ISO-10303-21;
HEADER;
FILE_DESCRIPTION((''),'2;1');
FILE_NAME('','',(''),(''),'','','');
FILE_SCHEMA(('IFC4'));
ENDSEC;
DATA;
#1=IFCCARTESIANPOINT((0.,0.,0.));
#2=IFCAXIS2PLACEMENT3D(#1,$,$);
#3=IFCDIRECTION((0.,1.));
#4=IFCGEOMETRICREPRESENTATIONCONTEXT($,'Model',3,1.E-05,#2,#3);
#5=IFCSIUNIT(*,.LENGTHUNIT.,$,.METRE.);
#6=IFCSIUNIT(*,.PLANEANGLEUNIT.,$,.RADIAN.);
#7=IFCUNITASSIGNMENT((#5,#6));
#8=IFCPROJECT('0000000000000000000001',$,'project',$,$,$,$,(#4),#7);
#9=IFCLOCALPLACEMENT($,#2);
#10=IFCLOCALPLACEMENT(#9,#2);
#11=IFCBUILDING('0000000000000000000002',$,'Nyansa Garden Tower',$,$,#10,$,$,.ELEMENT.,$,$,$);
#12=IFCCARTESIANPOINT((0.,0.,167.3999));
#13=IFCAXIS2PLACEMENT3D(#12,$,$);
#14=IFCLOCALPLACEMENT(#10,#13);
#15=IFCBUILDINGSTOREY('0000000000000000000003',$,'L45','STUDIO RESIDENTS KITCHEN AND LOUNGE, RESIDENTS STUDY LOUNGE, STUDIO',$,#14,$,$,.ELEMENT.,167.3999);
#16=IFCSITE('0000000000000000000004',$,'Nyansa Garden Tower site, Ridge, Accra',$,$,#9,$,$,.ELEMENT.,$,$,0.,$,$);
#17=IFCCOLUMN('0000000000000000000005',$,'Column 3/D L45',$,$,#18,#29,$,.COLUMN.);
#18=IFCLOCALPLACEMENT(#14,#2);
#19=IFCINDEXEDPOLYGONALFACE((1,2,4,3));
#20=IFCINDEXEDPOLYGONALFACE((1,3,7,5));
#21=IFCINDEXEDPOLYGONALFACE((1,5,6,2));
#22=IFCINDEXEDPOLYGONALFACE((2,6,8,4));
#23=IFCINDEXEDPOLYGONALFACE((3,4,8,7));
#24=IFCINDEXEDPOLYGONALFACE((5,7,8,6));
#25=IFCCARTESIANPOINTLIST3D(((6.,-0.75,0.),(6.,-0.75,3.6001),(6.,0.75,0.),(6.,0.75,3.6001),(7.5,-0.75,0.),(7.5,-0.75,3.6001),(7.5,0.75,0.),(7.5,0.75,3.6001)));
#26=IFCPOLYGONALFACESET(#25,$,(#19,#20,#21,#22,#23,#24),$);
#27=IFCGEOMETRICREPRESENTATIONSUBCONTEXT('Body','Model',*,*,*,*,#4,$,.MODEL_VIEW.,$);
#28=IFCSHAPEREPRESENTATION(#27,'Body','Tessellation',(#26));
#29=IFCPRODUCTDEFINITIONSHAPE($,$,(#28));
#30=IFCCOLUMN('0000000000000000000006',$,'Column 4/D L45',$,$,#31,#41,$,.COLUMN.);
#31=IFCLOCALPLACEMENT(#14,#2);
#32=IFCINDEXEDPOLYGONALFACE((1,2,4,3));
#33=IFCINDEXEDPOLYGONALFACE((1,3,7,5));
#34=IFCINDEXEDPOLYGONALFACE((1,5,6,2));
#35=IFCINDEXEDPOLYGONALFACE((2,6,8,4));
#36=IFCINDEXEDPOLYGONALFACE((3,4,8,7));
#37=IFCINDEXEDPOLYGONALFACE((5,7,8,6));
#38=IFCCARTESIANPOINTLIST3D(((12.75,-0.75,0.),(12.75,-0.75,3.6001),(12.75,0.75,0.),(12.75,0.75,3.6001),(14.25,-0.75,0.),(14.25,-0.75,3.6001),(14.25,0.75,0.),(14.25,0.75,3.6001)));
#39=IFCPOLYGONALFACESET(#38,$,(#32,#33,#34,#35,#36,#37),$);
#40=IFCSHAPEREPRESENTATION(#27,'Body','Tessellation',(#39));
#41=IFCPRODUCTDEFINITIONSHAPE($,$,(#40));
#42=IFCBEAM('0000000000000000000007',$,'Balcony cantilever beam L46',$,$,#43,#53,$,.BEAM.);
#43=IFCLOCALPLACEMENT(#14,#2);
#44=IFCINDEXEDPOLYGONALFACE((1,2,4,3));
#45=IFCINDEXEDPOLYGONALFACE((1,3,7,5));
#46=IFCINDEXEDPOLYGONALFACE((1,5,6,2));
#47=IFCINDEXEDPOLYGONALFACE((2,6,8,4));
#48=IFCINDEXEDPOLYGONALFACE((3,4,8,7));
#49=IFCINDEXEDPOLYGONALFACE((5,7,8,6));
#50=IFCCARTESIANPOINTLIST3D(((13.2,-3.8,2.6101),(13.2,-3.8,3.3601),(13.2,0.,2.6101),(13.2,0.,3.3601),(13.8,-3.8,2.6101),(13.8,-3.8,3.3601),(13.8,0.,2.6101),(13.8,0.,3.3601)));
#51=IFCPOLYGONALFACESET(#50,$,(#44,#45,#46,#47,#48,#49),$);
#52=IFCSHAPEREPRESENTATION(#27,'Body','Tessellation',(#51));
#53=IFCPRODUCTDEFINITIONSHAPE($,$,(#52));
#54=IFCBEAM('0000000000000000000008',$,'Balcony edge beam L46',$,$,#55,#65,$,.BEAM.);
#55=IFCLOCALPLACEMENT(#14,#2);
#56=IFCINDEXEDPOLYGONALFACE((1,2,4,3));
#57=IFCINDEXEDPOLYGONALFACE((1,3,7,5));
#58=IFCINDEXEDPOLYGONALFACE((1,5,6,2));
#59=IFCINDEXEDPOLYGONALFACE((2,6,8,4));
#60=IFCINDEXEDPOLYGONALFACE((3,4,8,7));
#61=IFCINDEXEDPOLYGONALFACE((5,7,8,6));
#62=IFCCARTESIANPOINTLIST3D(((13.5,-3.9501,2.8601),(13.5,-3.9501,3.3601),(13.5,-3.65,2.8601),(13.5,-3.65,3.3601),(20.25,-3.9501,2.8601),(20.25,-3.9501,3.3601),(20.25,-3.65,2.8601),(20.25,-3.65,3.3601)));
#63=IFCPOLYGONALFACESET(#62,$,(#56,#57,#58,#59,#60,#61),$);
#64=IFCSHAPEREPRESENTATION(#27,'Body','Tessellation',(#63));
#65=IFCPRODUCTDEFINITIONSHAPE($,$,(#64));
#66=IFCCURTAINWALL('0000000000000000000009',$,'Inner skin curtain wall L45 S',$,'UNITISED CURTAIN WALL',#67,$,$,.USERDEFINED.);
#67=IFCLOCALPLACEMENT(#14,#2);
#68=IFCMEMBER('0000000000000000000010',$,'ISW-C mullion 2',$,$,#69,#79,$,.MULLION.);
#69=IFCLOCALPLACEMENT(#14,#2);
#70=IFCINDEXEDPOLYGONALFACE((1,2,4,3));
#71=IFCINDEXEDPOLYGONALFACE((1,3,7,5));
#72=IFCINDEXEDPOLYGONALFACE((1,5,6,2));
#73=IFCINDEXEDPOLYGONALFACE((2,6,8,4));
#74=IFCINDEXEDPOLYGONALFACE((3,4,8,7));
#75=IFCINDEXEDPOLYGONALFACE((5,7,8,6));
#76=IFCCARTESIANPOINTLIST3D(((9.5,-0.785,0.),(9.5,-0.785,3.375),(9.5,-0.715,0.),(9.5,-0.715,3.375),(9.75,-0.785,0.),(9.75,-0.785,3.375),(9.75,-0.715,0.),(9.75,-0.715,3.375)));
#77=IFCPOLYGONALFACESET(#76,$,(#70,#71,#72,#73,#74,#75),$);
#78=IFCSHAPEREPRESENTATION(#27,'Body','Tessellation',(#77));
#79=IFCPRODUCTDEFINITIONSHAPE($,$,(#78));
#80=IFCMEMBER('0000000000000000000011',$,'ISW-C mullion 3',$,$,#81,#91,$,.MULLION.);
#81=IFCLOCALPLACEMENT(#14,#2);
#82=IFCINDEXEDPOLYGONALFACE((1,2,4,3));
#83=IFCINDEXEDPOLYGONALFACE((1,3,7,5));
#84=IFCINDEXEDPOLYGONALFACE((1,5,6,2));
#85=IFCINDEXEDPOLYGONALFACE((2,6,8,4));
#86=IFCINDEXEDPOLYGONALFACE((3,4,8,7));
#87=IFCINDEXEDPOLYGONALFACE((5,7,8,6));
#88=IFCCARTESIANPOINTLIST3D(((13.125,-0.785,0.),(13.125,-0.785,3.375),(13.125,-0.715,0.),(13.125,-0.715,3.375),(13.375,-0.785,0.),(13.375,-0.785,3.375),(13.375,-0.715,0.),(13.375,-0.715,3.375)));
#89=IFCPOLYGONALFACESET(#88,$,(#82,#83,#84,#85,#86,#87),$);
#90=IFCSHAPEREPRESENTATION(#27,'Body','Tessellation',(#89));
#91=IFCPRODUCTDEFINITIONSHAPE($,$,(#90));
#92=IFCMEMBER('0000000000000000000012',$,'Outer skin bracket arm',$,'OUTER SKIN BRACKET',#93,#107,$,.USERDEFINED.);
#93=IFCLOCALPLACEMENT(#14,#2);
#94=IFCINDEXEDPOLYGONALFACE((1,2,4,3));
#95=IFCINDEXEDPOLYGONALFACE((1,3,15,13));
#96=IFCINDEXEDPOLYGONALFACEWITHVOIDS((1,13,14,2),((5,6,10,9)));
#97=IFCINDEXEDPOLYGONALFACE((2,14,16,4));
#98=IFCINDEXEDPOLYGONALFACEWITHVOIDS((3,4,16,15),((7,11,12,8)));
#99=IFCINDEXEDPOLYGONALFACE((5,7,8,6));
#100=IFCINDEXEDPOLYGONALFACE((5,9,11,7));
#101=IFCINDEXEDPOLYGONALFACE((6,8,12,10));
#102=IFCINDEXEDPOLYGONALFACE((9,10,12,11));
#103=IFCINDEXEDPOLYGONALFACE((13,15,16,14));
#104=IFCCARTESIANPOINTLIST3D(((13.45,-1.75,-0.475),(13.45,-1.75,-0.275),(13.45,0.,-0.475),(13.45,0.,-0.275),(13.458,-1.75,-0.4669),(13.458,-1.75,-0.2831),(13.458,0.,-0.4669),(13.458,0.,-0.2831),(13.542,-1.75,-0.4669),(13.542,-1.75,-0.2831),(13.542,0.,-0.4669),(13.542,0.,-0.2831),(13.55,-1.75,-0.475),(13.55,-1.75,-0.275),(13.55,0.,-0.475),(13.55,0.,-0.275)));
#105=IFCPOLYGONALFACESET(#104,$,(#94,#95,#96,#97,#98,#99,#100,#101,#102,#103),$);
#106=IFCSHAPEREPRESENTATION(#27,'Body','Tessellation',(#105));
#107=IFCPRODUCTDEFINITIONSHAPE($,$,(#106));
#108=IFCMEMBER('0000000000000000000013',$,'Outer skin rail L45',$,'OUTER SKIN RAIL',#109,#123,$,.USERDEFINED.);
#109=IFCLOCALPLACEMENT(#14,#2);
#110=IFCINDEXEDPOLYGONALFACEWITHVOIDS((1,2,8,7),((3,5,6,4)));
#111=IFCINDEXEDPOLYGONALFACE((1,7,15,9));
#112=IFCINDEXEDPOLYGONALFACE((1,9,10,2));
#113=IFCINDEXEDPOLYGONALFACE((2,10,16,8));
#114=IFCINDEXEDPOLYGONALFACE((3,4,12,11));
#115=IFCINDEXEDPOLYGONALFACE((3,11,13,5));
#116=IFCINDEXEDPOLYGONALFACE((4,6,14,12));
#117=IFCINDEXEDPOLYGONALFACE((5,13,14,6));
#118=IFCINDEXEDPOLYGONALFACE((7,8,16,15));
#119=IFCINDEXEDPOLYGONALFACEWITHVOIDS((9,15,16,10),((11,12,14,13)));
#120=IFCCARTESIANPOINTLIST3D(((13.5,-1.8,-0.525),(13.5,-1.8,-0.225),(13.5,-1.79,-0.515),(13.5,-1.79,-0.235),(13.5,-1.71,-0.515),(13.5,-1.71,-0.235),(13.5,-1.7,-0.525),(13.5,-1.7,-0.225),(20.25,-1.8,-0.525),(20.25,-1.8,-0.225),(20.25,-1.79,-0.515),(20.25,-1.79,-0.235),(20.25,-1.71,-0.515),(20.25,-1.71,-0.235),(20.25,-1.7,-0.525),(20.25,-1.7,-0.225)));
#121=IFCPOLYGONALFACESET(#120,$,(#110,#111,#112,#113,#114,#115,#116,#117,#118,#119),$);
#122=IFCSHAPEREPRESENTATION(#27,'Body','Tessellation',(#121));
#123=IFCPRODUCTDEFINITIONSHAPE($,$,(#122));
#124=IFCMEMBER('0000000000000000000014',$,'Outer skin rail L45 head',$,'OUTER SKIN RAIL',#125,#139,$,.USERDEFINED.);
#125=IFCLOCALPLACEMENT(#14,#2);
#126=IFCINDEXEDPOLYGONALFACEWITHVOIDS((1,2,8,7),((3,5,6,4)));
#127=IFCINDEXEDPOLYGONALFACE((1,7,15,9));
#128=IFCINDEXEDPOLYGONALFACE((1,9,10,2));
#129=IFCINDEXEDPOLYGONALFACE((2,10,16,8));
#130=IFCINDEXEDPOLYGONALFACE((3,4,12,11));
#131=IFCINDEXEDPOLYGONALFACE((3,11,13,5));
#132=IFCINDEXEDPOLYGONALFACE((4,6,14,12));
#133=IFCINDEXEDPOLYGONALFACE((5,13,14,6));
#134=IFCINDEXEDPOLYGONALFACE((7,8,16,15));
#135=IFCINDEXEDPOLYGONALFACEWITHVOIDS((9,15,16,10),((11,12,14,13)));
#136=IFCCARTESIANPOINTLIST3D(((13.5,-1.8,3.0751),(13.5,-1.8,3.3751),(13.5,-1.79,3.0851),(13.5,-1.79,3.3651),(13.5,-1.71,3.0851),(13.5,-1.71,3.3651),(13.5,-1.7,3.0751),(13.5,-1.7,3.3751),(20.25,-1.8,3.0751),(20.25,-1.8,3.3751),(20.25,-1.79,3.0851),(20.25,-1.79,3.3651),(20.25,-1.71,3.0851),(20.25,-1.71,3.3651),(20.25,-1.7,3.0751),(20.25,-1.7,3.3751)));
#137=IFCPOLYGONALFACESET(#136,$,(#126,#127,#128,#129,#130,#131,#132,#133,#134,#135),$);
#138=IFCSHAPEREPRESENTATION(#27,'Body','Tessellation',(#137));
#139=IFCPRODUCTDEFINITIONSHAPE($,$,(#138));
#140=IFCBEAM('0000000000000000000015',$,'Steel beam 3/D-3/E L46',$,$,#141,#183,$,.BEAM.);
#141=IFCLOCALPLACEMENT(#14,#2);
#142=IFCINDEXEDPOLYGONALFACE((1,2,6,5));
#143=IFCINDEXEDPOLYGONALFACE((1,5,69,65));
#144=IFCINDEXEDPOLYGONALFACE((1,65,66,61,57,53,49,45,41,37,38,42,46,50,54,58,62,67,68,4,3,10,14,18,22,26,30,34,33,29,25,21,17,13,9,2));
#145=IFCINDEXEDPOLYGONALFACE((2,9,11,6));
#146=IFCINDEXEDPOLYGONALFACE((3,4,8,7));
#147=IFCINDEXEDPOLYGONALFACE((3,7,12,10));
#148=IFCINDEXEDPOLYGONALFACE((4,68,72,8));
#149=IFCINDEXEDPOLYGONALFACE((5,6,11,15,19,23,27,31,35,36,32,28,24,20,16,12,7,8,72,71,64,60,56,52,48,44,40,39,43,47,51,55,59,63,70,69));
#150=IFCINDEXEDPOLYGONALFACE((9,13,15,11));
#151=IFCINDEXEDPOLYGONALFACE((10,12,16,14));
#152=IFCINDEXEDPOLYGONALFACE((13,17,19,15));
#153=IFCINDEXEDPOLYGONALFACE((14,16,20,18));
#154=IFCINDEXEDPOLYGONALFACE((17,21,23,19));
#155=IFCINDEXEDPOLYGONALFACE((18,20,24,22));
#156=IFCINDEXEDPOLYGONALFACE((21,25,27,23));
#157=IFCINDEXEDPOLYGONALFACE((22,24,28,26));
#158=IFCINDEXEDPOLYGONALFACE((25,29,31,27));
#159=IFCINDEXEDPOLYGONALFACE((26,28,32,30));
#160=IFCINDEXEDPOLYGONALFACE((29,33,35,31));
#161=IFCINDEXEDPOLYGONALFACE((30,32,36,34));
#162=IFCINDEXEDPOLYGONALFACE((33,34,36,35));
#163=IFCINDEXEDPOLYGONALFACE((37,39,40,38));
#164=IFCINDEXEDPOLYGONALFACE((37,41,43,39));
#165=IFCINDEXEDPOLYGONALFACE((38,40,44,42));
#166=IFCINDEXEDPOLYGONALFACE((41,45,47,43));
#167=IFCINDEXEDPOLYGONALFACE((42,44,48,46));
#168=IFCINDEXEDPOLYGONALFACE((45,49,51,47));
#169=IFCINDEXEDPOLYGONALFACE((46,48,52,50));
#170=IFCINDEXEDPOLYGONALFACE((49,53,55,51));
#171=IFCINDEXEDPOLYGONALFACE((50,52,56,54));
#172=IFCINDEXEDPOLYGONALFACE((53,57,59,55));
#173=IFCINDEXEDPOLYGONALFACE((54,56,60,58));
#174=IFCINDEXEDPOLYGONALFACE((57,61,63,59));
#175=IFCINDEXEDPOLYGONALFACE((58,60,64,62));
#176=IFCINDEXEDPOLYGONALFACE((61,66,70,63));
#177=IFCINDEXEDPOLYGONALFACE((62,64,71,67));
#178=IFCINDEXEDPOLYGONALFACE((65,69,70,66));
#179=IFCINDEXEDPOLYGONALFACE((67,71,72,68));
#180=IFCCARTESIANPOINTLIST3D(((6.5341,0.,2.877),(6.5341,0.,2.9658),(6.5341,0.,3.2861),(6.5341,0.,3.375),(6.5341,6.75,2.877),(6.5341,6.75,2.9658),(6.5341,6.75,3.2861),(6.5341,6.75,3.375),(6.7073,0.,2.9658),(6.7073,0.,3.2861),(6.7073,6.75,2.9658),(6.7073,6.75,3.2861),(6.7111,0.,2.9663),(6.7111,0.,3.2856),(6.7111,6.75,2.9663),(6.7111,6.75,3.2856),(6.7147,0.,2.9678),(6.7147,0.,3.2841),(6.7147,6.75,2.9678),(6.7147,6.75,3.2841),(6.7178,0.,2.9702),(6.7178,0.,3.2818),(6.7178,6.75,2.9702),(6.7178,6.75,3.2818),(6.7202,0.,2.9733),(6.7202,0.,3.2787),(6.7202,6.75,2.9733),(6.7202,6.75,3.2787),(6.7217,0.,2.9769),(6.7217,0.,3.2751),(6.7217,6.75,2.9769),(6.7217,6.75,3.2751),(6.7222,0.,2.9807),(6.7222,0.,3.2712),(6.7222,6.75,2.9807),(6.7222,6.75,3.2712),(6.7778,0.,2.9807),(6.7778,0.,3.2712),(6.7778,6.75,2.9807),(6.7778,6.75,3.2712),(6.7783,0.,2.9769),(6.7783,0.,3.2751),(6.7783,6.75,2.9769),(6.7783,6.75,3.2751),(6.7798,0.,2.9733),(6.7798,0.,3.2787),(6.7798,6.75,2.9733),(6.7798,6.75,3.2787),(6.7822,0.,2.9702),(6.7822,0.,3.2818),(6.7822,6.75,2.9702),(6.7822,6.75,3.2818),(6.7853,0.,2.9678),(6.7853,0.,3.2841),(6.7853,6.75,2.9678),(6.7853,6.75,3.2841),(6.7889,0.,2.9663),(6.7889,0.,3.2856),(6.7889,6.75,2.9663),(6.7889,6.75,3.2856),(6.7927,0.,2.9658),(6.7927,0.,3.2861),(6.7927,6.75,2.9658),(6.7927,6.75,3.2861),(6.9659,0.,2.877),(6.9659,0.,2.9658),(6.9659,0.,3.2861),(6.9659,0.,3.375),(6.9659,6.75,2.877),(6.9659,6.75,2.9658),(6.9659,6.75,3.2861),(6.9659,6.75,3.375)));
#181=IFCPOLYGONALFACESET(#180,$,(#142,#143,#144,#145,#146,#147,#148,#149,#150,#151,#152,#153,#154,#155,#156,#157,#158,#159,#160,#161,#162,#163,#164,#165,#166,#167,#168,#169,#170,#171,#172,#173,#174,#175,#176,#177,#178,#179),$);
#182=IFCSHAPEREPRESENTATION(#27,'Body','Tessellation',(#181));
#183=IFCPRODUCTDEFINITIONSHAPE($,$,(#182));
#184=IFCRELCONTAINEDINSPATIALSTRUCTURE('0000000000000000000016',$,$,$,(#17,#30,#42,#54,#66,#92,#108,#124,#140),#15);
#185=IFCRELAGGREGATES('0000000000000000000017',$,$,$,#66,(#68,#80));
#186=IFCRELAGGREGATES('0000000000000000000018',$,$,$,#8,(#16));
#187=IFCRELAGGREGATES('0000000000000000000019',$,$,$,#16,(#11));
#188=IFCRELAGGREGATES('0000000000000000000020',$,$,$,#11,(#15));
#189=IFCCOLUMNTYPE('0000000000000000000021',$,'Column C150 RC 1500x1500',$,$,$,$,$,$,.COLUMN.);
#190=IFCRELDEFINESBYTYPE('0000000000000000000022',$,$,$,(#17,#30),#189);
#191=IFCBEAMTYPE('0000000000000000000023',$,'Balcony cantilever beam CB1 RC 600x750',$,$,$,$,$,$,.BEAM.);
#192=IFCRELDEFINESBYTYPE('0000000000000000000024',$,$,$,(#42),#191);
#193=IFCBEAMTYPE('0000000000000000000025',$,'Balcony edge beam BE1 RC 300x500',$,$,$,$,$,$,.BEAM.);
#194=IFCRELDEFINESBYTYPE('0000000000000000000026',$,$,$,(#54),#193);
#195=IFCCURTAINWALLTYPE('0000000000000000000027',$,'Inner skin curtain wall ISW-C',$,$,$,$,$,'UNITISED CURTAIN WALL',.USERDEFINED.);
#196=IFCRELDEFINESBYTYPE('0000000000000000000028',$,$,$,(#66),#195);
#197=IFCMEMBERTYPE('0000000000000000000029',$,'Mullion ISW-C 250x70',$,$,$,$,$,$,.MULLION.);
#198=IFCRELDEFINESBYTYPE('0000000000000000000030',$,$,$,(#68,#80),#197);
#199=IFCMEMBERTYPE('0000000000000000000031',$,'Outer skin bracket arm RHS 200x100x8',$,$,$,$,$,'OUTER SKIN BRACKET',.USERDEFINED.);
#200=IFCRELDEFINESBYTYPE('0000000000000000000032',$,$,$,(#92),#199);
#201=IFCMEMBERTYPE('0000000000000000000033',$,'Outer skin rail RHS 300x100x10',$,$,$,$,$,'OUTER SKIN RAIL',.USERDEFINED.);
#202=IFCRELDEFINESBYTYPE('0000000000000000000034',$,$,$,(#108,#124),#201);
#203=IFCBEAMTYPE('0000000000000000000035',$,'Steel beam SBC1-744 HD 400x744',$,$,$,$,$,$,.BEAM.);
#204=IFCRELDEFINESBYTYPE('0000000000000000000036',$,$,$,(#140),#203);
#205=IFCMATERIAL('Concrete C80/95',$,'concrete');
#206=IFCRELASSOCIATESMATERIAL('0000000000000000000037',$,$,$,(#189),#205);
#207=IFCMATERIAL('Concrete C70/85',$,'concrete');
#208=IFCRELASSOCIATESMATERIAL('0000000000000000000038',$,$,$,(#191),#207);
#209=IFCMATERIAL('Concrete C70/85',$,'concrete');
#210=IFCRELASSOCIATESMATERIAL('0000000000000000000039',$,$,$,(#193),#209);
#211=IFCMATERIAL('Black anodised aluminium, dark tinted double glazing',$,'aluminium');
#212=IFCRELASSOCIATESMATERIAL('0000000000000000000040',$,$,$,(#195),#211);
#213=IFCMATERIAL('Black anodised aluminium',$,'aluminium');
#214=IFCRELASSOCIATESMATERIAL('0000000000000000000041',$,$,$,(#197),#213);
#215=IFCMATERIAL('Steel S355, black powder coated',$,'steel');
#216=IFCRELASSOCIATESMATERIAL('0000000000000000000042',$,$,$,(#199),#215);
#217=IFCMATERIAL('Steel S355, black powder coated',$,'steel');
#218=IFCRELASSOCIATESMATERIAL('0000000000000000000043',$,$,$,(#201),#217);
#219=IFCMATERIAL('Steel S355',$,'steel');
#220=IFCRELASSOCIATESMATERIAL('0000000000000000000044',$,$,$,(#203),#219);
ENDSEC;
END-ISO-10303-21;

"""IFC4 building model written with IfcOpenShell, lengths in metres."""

from ifc_helpers import new_model, si_unit, direction, frame, origin, origin_2d, place, context, subcontext, project, spatial, rectangle, hollow_rectangle, i_section, extrude, material, material_profile, profile_set, type_object, element, aggregate, save


model = new_model("IFC4")

# Units and contexts
model_context = context("Model", 3, precision=1e-05, world=origin(), true_north=direction((0.0, 1.0)))
body_context = subcontext(model_context, "Body", "Model", "MODEL_VIEW")
ifc_project = project(units=[si_unit("LENGTHUNIT", "METRE"), si_unit("PLANEANGLEUNIT", "RADIAN")], contexts=[model_context])

# Site, building, storey
site_placement = place(None, origin())
site = spatial("IfcSite", under=ifc_project, at=site_placement, Name="Nyansa Garden Tower site, Ridge, Accra", CompositionType="ELEMENT", RefElevation=0.0)
building_placement = place(site_placement, origin())
building = spatial("IfcBuilding", under=site, at=building_placement, Name="Nyansa Garden Tower", CompositionType="ELEMENT")
storey_placement = place(building_placement, frame((0.0, 0.0, 167.3999)))
storey = spatial("IfcBuildingStorey", under=building, at=storey_placement, Name="L45", Description="STUDIO RESIDENTS KITCHEN AND LOUNGE, RESIDENTS STUDY LOUNGE, STUDIO", CompositionType="ELEMENT", Elevation=167.3999)

# Columns
ifc_material_1 = material(Name="Concrete C80/95", Category="concrete")
ifc_material_profile_1 = material_profile(ifc_material_1, rectangle(XDim=1.5, YDim=1.5, at=origin_2d()), Name="RC 1500x1500")
ifc_profile_set_1 = profile_set([ifc_material_profile_1], Name="Concrete C80/95")
column_type = type_object("IfcColumnType", Name="Column C150 RC 1500x1500", PredefinedType="COLUMN", material=ifc_profile_set_1)
for number, where, z_axis, x_axis, name in (
    (1, (6.75, 0.0, 0.0), (0.0, 0.0, 1.0), (1.0, 0.0, 0.0), "Column 3/D L45"),
    (2, (13.5, 0.0, 0.0), (0.0, 0.0, 1.0), (1.0, 0.0, 0.0), "Column 4/D L45"),
):
    element("IfcColumn", number, at=place(storey_placement, frame(where, z_axis=z_axis, x_axis=x_axis)), inside=storey, type_object=column_type, Name=name, PredefinedType="COLUMN", context=body_context, shape_type="SweptSolid", body=[
        extrude(rectangle(XDim=1.5, YDim=1.5, at=origin_2d()), origin(), (0.0, 0.0, 1.0), 3.6001),
    ])

# Beams
ifc_material_2 = material(Name="Concrete C70/85", Category="concrete")
ifc_material_profile_2 = material_profile(ifc_material_2, rectangle(XDim=0.6001, YDim=0.75, at=origin_2d()), Name="RC 600x750")
ifc_profile_set_2 = profile_set([ifc_material_profile_2], Name="Concrete C70/85")
beam_type_1 = type_object("IfcBeamType", Name="Balcony cantilever beam CB1 RC 600x750", PredefinedType="BEAM", material=ifc_profile_set_2)
beam_1_placement = place(storey_placement, frame((13.5, 0.0, 2.9851), z_axis=(0.0, -1.0, 0.0), x_axis=(1.0, 0.0, 0.0)))
element("IfcBeam", 3, at=beam_1_placement, inside=storey, type_object=beam_type_1, Name="Balcony cantilever beam L46", PredefinedType="BEAM", context=body_context, shape_type="SweptSolid", body=[
    extrude(rectangle(XDim=0.6001, YDim=0.75, at=origin_2d()), origin(), (0.0, 0.0, 1.0), 3.8),
])
ifc_material_3 = material(Name="Concrete C70/85", Category="concrete")
ifc_material_profile_3 = material_profile(ifc_material_3, rectangle(XDim=0.3, YDim=0.5, at=origin_2d()), Name="RC 300x500")
ifc_profile_set_3 = profile_set([ifc_material_profile_3], Name="Concrete C70/85")
beam_type_2 = type_object("IfcBeamType", Name="Balcony edge beam BE1 RC 300x500", PredefinedType="BEAM", material=ifc_profile_set_3)
beam_2_placement = place(storey_placement, frame((13.5, -3.8, 3.1101), z_axis=(1.0, 0.0, 0.0), x_axis=(0.0, 1.0, 0.0)))
element("IfcBeam", 4, at=beam_2_placement, inside=storey, type_object=beam_type_2, Name="Balcony edge beam L46", PredefinedType="BEAM", context=body_context, shape_type="SweptSolid", body=[
    extrude(rectangle(XDim=0.3, YDim=0.5, at=origin_2d()), origin(), (0.0, 0.0, 1.0), 6.75),
])

# Curtain wall, members
ifc_material_4 = material(Name="Black anodised aluminium, dark tinted double glazing", Category="aluminium")
curtain_wall_type = type_object("IfcCurtainWallType", Name="Inner skin curtain wall ISW-C", ElementType="UNITISED CURTAIN WALL", PredefinedType="USERDEFINED", material=ifc_material_4)
curtain_wall_placement = place(storey_placement, origin())
curtain_wall = element("IfcCurtainWall", 5, at=curtain_wall_placement, inside=storey, type_object=curtain_wall_type, Name="Inner skin curtain wall L45 S", ObjectType="UNITISED CURTAIN WALL", PredefinedType="USERDEFINED")
ifc_material_5 = material(Name="Black anodised aluminium", Category="aluminium")
ifc_material_profile_4 = material_profile(ifc_material_5, rectangle(XDim=0.0701, YDim=0.25, at=origin_2d()), Name="Mullion 250x70")
ifc_profile_set_4 = profile_set([ifc_material_profile_4], Name="Black anodised aluminium")
member_type_1 = type_object("IfcMemberType", Name="Mullion ISW-C 250x70", PredefinedType="MULLION", material=ifc_profile_set_4)
member_1_placement = place(storey_placement, frame((9.625, -0.75, 0.0), z_axis=(0.0, 0.0, 1.0), x_axis=(0.0, 1.0, 0.0)))
member_1 = element("IfcMember", 6, at=member_1_placement, type_object=member_type_1, Name="ISW-C mullion 2", PredefinedType="MULLION", context=body_context, shape_type="SweptSolid", body=[
    extrude(rectangle(XDim=0.0701, YDim=0.25, at=origin_2d()), origin(), (0.0, 0.0, 1.0), 3.375),
])
member_2_placement = place(storey_placement, frame((13.25, -0.75, 0.0), z_axis=(0.0, 0.0, 1.0), x_axis=(0.0, 1.0, 0.0)))
member_2 = element("IfcMember", 7, at=member_2_placement, type_object=member_type_1, Name="ISW-C mullion 3", PredefinedType="MULLION", context=body_context, shape_type="SweptSolid", body=[
    extrude(rectangle(XDim=0.0701, YDim=0.25, at=origin_2d()), origin(), (0.0, 0.0, 1.0), 3.375),
])

# Members
ifc_material_6 = material(Name="Steel S355, black powder coated", Category="steel")
ifc_material_profile_5 = material_profile(ifc_material_6, hollow_rectangle(XDim=0.1001, YDim=0.2, WallThickness=0.0081, at=origin_2d()), Name="RHS 200x100x8")
ifc_profile_set_5 = profile_set([ifc_material_profile_5], Name="Steel S355, black powder coated")
member_type_2 = type_object("IfcMemberType", Name="Outer skin bracket arm RHS 200x100x8", ElementType="OUTER SKIN BRACKET", PredefinedType="USERDEFINED", material=ifc_profile_set_5)
member_3_placement = place(storey_placement, frame((13.5, 0.0, -0.375), z_axis=(0.0, -1.0, 0.0), x_axis=(1.0, 0.0, 0.0)))
element("IfcMember", 8, at=member_3_placement, inside=storey, type_object=member_type_2, Name="Outer skin bracket arm", ObjectType="OUTER SKIN BRACKET", PredefinedType="USERDEFINED", context=body_context, shape_type="SweptSolid", body=[
    extrude(hollow_rectangle(XDim=0.1001, YDim=0.2, WallThickness=0.0081, at=origin_2d()), origin(), (0.0, 0.0, 1.0), 1.75),
])
ifc_material_7 = material(Name="Steel S355, black powder coated", Category="steel")
ifc_material_profile_6 = material_profile(ifc_material_7, hollow_rectangle(XDim=0.1001, YDim=0.3, WallThickness=0.01, at=origin_2d()), Name="RHS 300x100x10")
ifc_profile_set_6 = profile_set([ifc_material_profile_6], Name="Steel S355, black powder coated")
member_type_3 = type_object("IfcMemberType", Name="Outer skin rail RHS 300x100x10", ElementType="OUTER SKIN RAIL", PredefinedType="USERDEFINED", material=ifc_profile_set_6)
for number, where, z_axis, x_axis, name in (
    (9, (13.5, -1.75, -0.375), (1.0, 0.0, 0.0), (0.0, 1.0, 0.0), "Outer skin rail L45"),
    (10, (13.5, -1.75, 3.2251), (1.0, 0.0, 0.0), (0.0, 1.0, 0.0), "Outer skin rail L45 head"),
):
    element("IfcMember", number, at=place(storey_placement, frame(where, z_axis=z_axis, x_axis=x_axis)), inside=storey, type_object=member_type_3, Name=name, ObjectType="OUTER SKIN RAIL", PredefinedType="USERDEFINED", context=body_context, shape_type="SweptSolid", body=[
        extrude(hollow_rectangle(XDim=0.1001, YDim=0.3, WallThickness=0.01, at=origin_2d()), origin(), (0.0, 0.0, 1.0), 6.75),
    ])

# Beam
ifc_material_8 = material(Name="Steel S355", Category="steel")
ifc_material_profile_7 = material_profile(ifc_material_8, i_section(OverallWidth=0.4319, OverallDepth=0.498, WebThickness=0.0557, FlangeThickness=0.0889, FilletRadius=0.0149, at=origin_2d()), Name="HD 400x744")
ifc_profile_set_7 = profile_set([ifc_material_profile_7], Name="Steel S355")
beam_type_3 = type_object("IfcBeamType", Name="Steel beam SBC1-744 HD 400x744", PredefinedType="BEAM", material=ifc_profile_set_7)
for number, where, z_axis, x_axis, name in (
    (11, (6.75, 0.0, 3.126), (0.0, 1.0, 0.0), (-1.0, 0.0, 0.0), "Steel beam 3/D-3/E L46"),
):
    element("IfcBeam", number, at=place(storey_placement, frame(where, z_axis=z_axis, x_axis=x_axis)), inside=storey, type_object=beam_type_3, Name=name, PredefinedType="BEAM", context=body_context, shape_type="SweptSolid", body=[
        extrude(i_section(OverallWidth=0.4319, OverallDepth=0.498, WebThickness=0.0557, FlangeThickness=0.0889, FilletRadius=0.0149, at=origin_2d()), origin(), (0.0, 0.0, 1.0), 6.75),
    ])

aggregate(curtain_wall, [member_1, member_2])

save(model, "model.ifc")
